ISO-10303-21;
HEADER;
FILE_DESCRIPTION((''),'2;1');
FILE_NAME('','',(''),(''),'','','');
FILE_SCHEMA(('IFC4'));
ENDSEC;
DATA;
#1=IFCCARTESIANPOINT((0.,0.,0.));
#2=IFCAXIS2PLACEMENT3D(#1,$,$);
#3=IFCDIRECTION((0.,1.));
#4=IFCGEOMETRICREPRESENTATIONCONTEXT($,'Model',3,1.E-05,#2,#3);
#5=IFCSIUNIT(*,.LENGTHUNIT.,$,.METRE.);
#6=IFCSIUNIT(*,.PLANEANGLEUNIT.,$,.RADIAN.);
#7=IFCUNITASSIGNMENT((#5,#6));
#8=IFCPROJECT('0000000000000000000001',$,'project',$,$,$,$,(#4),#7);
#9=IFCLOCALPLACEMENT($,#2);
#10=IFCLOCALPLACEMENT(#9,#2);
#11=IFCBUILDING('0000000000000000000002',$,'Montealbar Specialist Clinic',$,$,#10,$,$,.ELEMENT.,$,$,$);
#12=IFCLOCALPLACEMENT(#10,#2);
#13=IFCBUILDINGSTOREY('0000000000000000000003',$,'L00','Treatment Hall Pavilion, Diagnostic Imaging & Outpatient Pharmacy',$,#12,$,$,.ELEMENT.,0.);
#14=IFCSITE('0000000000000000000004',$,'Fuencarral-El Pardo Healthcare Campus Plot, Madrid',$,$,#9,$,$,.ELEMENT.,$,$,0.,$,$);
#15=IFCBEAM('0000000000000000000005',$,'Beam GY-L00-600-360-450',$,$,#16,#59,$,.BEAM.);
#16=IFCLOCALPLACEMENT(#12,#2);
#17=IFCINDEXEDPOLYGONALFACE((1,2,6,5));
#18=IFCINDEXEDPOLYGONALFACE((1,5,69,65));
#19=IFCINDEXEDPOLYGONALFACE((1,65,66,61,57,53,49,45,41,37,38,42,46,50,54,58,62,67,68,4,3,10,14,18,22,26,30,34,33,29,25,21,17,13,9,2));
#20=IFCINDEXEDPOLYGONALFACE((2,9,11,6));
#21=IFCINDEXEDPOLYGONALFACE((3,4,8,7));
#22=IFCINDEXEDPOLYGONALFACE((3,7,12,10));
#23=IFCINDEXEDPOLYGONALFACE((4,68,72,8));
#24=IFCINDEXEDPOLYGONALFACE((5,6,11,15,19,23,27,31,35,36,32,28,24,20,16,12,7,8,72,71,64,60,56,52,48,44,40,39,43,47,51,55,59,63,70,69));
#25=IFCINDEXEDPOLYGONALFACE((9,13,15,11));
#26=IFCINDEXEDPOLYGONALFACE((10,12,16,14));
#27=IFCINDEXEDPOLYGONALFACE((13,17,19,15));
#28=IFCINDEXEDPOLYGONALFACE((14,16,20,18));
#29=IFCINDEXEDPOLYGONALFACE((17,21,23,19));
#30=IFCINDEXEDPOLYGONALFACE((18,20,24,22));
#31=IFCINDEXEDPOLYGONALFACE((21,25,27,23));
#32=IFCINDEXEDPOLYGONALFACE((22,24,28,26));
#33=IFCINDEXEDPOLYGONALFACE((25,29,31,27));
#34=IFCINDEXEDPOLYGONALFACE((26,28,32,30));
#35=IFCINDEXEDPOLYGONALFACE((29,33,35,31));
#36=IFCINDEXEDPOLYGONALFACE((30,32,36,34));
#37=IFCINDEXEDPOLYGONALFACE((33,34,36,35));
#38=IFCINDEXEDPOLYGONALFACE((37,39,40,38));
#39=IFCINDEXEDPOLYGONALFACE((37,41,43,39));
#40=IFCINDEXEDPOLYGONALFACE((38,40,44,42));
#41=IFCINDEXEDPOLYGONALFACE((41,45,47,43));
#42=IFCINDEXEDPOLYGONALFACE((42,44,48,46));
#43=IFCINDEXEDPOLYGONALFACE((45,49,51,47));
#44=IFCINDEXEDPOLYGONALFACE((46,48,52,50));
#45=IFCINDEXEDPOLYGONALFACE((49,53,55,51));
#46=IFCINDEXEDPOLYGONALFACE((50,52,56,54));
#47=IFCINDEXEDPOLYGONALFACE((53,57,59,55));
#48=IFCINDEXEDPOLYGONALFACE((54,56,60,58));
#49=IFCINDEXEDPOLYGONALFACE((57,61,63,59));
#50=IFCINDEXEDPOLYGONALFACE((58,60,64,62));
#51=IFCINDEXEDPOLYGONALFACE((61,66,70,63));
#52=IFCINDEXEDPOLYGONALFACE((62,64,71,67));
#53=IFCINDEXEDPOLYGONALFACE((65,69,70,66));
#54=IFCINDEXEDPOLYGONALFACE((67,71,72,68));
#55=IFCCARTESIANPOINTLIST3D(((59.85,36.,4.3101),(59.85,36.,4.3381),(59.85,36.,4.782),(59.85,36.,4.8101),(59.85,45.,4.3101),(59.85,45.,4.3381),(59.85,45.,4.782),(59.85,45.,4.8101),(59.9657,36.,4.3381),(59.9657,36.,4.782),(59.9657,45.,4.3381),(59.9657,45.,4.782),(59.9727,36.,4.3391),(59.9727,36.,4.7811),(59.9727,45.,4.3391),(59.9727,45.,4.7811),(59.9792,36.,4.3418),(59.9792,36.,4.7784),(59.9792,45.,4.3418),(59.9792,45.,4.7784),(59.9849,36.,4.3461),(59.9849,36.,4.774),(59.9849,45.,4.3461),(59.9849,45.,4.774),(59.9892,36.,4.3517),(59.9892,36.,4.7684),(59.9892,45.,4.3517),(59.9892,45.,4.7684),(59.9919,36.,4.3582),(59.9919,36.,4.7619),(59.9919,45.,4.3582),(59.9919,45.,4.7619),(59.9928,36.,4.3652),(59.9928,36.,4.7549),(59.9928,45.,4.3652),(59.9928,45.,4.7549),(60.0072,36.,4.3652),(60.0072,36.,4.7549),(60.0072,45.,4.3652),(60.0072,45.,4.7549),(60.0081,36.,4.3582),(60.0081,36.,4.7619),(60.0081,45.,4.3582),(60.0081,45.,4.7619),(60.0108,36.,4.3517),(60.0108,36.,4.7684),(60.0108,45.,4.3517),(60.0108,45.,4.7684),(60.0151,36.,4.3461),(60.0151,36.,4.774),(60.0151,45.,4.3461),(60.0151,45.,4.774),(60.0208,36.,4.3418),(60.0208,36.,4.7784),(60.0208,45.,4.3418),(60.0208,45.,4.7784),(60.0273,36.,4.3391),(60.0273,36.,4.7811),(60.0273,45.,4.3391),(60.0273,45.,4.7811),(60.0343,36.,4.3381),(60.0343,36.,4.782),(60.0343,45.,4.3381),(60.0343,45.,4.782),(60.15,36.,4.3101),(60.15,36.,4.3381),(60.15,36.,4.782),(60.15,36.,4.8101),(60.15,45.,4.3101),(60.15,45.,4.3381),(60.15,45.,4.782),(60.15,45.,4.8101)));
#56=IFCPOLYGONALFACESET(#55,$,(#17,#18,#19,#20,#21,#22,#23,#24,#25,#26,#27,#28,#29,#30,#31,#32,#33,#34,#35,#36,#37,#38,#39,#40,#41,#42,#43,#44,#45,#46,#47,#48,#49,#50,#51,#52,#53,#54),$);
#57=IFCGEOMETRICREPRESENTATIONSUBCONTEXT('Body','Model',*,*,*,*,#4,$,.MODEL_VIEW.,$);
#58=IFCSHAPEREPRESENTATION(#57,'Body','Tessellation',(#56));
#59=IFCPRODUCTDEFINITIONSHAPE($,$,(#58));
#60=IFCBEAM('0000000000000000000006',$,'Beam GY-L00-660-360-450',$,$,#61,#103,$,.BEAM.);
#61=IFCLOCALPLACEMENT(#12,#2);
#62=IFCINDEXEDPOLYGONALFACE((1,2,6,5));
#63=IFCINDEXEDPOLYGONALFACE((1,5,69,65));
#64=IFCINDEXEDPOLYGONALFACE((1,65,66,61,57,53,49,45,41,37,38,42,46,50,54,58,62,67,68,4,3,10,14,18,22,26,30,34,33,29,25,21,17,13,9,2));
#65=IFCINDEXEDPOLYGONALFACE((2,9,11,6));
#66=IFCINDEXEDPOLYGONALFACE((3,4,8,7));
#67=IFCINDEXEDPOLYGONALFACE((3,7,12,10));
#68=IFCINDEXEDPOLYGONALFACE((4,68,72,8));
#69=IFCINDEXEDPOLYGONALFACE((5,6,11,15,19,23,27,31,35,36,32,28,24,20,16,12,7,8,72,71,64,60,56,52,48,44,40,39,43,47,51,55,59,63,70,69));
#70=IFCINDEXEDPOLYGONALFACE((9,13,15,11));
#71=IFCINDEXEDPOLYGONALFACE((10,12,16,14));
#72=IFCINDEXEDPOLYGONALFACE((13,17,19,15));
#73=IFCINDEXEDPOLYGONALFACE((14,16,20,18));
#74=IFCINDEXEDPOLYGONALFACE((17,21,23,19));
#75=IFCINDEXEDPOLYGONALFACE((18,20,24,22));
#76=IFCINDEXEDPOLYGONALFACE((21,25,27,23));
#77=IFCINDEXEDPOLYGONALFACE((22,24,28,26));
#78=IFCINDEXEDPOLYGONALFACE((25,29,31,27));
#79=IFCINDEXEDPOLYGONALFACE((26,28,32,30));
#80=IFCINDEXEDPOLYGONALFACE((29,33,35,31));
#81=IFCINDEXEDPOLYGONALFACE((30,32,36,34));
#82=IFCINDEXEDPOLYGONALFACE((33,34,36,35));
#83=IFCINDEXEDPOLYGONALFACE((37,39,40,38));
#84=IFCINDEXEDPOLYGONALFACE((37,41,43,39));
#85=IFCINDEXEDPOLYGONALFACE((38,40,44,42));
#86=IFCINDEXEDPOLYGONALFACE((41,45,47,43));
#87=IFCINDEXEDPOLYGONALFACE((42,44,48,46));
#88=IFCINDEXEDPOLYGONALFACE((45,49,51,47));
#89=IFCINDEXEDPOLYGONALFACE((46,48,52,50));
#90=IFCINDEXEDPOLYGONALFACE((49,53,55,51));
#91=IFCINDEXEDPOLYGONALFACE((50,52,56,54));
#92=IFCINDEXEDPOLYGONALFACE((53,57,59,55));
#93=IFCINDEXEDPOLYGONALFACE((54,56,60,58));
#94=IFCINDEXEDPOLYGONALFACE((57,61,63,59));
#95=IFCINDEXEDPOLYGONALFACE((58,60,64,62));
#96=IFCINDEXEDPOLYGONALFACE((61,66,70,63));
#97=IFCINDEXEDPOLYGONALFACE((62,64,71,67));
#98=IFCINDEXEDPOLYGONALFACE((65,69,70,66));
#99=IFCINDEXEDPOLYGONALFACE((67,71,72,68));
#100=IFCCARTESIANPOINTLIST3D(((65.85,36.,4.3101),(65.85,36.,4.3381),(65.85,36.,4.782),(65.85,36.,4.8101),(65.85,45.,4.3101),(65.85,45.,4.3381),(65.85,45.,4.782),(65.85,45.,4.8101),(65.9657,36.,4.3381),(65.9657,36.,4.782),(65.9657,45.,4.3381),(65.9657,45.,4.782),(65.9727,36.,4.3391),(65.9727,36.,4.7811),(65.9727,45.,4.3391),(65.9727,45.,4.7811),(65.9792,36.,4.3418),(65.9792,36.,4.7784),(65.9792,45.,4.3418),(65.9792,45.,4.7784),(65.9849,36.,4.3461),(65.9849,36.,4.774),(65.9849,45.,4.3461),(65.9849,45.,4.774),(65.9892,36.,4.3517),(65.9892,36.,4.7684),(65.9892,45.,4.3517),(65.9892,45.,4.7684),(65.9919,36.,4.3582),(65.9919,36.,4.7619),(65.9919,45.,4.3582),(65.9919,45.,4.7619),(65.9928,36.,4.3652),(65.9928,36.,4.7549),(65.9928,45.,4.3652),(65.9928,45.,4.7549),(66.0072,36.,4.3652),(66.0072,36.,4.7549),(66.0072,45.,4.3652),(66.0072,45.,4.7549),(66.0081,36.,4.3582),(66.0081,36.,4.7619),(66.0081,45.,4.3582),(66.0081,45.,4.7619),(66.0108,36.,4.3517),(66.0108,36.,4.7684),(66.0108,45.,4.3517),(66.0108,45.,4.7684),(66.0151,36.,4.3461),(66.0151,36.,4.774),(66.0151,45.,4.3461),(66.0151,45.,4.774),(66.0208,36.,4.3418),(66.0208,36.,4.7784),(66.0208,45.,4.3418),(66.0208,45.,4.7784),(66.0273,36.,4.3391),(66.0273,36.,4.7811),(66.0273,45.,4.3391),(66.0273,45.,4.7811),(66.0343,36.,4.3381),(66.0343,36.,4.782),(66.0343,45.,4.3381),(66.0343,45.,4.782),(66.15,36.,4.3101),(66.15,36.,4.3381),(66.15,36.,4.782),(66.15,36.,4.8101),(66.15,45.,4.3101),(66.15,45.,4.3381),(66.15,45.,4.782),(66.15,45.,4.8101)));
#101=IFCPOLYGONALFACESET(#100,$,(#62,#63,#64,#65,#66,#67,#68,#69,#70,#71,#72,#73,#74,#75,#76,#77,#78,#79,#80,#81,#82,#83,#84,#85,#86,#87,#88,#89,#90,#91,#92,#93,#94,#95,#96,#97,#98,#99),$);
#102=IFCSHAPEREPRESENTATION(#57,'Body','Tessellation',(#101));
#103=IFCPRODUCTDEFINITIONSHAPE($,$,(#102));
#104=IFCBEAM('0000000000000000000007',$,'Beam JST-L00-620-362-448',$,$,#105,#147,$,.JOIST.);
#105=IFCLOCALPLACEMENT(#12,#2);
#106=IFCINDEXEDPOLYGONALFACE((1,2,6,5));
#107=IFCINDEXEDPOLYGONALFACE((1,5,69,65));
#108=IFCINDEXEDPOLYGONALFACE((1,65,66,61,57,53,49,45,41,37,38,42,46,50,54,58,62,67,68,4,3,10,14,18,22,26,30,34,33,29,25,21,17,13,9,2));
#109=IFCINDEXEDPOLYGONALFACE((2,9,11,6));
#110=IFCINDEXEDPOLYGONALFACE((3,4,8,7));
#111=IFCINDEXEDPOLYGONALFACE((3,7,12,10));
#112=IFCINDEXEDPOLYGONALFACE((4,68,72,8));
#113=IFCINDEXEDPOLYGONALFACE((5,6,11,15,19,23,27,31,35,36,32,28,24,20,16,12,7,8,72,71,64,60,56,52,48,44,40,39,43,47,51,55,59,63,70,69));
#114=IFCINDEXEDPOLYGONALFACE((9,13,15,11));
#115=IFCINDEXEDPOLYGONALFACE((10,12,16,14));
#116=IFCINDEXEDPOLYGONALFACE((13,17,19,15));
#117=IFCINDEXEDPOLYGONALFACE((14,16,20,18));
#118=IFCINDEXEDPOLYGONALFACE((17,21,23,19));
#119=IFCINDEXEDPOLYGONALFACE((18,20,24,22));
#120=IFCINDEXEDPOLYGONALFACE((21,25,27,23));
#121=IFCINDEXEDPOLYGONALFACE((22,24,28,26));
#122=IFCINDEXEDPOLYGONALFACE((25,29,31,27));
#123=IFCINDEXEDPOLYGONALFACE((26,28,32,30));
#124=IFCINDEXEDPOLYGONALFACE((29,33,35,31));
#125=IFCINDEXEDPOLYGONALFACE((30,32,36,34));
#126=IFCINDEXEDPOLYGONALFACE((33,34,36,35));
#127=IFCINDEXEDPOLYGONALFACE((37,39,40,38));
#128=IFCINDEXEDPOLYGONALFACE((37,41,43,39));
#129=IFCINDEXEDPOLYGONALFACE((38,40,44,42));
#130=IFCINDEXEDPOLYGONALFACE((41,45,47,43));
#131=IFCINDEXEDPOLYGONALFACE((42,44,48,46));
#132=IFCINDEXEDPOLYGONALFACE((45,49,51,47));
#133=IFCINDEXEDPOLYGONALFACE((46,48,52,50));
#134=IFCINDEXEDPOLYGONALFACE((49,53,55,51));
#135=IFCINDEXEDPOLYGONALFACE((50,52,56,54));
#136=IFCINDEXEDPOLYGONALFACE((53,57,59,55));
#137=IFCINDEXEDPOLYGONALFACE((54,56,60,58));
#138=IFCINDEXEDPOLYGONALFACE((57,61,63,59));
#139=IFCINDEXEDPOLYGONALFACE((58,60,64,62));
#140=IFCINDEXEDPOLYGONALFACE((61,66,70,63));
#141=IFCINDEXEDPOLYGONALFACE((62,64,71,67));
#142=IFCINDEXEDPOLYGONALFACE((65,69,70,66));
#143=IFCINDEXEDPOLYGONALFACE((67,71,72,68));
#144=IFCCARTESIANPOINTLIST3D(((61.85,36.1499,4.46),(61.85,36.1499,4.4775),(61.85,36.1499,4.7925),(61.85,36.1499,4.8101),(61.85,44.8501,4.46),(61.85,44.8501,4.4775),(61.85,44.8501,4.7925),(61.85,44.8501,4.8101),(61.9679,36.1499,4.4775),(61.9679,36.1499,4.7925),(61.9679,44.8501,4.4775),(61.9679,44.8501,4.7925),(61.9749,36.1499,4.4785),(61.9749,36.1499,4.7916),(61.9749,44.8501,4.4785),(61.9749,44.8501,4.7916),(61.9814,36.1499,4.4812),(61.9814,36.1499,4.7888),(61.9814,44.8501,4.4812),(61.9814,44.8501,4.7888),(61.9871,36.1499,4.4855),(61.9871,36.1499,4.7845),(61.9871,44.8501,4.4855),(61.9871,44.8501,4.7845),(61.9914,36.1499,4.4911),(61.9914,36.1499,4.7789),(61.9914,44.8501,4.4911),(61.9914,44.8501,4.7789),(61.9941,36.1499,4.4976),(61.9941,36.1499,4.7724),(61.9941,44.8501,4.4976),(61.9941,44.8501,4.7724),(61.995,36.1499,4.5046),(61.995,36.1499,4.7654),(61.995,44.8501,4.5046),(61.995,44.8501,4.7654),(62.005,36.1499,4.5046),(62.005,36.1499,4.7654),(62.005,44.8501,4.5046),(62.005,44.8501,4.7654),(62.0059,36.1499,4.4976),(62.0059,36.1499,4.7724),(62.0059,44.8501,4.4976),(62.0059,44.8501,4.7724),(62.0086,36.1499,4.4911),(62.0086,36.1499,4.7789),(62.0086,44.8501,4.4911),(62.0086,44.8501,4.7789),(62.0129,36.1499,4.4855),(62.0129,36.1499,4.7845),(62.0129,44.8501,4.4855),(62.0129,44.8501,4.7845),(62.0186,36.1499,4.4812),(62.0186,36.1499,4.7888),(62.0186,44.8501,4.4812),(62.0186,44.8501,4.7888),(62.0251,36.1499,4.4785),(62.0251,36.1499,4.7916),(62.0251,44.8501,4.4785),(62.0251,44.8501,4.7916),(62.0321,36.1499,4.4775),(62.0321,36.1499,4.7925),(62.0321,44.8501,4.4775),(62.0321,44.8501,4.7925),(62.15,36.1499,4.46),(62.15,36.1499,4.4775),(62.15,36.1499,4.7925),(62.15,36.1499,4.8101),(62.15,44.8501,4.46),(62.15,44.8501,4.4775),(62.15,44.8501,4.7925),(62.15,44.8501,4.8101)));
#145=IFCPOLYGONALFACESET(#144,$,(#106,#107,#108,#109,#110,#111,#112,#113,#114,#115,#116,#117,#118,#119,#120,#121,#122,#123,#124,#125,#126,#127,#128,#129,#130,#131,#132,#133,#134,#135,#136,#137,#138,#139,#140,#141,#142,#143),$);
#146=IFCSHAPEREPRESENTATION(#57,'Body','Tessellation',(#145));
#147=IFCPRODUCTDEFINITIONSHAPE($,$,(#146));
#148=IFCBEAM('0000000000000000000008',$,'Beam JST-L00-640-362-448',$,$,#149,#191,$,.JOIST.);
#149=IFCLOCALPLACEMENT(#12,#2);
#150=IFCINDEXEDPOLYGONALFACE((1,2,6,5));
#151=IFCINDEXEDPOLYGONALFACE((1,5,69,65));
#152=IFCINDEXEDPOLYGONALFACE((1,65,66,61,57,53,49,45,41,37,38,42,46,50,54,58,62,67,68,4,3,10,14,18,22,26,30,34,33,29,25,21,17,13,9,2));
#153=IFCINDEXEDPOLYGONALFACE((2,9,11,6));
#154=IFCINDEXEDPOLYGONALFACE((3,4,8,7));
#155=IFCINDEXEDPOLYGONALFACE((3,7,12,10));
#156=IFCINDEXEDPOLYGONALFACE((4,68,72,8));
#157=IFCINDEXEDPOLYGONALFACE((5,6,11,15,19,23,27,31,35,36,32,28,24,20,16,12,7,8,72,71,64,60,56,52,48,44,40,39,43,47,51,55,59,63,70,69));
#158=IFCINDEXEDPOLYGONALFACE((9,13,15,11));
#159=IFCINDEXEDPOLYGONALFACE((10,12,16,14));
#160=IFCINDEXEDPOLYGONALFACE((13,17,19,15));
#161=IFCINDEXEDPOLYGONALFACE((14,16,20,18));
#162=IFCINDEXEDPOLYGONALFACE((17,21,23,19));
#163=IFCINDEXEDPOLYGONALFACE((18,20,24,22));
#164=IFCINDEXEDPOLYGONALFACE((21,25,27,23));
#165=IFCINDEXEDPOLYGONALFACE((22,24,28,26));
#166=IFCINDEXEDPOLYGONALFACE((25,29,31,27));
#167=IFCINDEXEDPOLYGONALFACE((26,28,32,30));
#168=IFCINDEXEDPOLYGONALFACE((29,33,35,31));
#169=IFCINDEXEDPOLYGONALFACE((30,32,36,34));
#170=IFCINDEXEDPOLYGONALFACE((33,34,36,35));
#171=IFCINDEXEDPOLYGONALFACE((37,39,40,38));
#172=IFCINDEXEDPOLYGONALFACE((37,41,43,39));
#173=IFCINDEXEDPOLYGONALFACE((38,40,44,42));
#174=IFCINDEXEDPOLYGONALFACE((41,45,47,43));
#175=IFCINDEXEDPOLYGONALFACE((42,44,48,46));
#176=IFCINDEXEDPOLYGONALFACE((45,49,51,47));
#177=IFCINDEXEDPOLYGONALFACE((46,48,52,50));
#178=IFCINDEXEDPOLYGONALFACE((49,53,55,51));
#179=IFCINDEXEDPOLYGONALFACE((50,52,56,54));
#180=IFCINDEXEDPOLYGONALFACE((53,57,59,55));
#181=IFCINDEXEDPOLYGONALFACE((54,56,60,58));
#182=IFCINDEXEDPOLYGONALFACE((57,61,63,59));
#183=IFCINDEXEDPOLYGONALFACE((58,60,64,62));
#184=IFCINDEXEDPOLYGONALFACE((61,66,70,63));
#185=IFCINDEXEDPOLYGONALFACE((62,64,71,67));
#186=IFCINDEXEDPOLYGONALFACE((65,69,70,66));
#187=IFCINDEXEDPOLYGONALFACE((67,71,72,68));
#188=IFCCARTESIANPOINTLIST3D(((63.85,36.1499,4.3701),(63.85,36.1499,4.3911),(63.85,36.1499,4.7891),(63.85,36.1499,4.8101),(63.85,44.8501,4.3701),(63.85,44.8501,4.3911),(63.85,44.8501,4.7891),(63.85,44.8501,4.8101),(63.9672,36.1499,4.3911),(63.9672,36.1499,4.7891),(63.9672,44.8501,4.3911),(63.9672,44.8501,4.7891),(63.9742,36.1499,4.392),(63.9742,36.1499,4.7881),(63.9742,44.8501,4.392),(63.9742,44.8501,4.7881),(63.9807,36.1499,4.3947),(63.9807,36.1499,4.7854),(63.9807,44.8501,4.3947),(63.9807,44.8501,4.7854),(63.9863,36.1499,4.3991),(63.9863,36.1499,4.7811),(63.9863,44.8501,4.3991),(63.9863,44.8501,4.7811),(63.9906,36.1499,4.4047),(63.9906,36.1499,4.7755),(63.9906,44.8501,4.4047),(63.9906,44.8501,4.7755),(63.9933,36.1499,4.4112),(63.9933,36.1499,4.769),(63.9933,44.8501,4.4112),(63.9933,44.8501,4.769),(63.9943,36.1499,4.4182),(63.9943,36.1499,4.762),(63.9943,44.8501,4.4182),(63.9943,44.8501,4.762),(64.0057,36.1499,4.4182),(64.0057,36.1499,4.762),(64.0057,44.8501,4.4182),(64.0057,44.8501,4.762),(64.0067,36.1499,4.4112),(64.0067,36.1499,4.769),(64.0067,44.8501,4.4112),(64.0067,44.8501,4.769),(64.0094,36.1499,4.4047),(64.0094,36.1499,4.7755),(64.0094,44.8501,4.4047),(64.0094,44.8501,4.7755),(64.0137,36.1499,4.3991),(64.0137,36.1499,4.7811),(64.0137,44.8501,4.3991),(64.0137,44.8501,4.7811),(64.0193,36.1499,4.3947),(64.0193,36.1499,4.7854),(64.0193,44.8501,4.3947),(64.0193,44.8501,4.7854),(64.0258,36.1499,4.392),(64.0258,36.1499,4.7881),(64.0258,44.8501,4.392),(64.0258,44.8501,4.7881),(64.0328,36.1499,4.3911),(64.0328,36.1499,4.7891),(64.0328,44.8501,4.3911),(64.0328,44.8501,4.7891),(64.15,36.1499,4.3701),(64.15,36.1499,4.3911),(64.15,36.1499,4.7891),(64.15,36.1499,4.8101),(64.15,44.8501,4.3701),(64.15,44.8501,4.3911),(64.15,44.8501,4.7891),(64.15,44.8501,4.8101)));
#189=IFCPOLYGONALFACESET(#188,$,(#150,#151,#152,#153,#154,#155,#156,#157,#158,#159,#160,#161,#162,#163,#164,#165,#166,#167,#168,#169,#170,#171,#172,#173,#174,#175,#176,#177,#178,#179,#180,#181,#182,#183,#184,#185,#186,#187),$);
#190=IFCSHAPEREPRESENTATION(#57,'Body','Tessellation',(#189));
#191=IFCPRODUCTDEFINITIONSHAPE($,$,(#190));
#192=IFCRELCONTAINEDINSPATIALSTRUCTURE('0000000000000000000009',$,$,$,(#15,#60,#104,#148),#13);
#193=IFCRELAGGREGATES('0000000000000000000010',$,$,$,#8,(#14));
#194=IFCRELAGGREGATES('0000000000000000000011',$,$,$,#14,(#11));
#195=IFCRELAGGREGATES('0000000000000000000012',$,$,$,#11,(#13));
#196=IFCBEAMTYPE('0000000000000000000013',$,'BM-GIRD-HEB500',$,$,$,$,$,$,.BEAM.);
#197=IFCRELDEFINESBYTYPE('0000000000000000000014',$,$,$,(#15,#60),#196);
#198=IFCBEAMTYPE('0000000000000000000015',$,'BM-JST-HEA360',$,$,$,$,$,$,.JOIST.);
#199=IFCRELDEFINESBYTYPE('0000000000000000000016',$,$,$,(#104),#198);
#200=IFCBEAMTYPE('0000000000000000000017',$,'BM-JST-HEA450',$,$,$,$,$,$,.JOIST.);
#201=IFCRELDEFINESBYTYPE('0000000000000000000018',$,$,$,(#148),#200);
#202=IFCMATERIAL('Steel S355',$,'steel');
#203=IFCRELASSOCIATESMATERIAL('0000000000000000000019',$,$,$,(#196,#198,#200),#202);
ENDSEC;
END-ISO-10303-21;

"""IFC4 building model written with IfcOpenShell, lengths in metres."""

from ifc_helpers import new_model, si_unit, direction, frame, origin, origin_2d, place, context, subcontext, project, spatial, i_section, extrude, material, material_profile, profile_set, type_object, element, save


model = new_model("IFC4")

# Units and contexts
model_context = context("Model", 3, precision=1e-05, world=origin(), true_north=direction((0.0, 1.0)))
body_context = subcontext(model_context, "Body", "Model", "MODEL_VIEW")
ifc_project = project(units=[si_unit("LENGTHUNIT", "METRE"), si_unit("PLANEANGLEUNIT", "RADIAN")], contexts=[model_context])

# Site, building, storey
site_placement = place(None, origin())
site = spatial("IfcSite", under=ifc_project, at=site_placement, Name="Fuencarral-El Pardo Healthcare Campus Plot, Madrid", CompositionType="ELEMENT", RefElevation=0.0)
building_placement = place(site_placement, origin())
building = spatial("IfcBuilding", under=site, at=building_placement, Name="Montealbar Specialist Clinic", CompositionType="ELEMENT")
storey_placement = place(building_placement, origin())
storey = spatial("IfcBuildingStorey", under=building, at=storey_placement, Name="L00", Description="Treatment Hall Pavilion, Diagnostic Imaging & Outpatient Pharmacy", CompositionType="ELEMENT", Elevation=0.0)

# Shared definitions
ifc_material_1 = material(Name="Steel S355", Category="steel")

# Beams
ifc_material_profile_1 = material_profile(ifc_material_1, i_section(OverallWidth=0.3, OverallDepth=0.5, WebThickness=0.0144, FlangeThickness=0.0281, FilletRadius=0.0271, at=origin_2d()), Name="HEB 500", Category="steel")
ifc_profile_set_1 = profile_set([ifc_material_profile_1], Name="Steel S355")
beam_type_1 = type_object("IfcBeamType", Name="BM-GIRD-HEB500", PredefinedType="BEAM", material=ifc_profile_set_1)
for number, where, z_axis, x_axis, name in (
    (1, (60.0, 36.0, 4.5601), (0.0, 1.0, 0.0), (-1.0, 0.0, 0.0), "Beam GY-L00-600-360-450"),
    (2, (66.0, 36.0, 4.5601), (0.0, 1.0, 0.0), (-1.0, 0.0, 0.0), "Beam GY-L00-660-360-450"),
):
    element("IfcBeam", number, at=place(storey_placement, frame(where, z_axis=z_axis, x_axis=x_axis)), inside=storey, type_object=beam_type_1, Name=name, PredefinedType="BEAM", context=body_context, shape_type="SweptSolid", body=[
        extrude(i_section(OverallWidth=0.3, OverallDepth=0.5, WebThickness=0.0144, FlangeThickness=0.0281, FilletRadius=0.0271, at=origin_2d()), origin(), (0.0, 0.0, 1.0), 9.0),
    ])
ifc_material_profile_2 = material_profile(ifc_material_1, i_section(OverallWidth=0.3, OverallDepth=0.3501, WebThickness=0.01, FlangeThickness=0.0176, FilletRadius=0.0271, at=origin_2d()), Name="HEA 360", Category="steel")
ifc_profile_set_2 = profile_set([ifc_material_profile_2], Name="Steel S355")
beam_type_2 = type_object("IfcBeamType", Name="BM-JST-HEA360", PredefinedType="JOIST", material=ifc_profile_set_2)
beam_1_placement = place(storey_placement, frame((62.0, 36.1499, 4.635), z_axis=(0.0, 1.0, 0.0), x_axis=(-1.0, 0.0, 0.0)))
element("IfcBeam", 3, at=beam_1_placement, inside=storey, type_object=beam_type_2, Name="Beam JST-L00-620-362-448", PredefinedType="JOIST", context=body_context, shape_type="SweptSolid", body=[
    extrude(i_section(OverallWidth=0.3, OverallDepth=0.3501, WebThickness=0.01, FlangeThickness=0.0176, FilletRadius=0.0271, at=origin_2d()), origin(), (0.0, 0.0, 1.0), 8.7002),
])
ifc_material_profile_3 = material_profile(ifc_material_1, i_section(OverallWidth=0.3, OverallDepth=0.4399, WebThickness=0.0115, FlangeThickness=0.021, FilletRadius=0.0271, at=origin_2d()), Name="HEA 450", Category="steel")
ifc_profile_set_3 = profile_set([ifc_material_profile_3], Name="Steel S355")
beam_type_3 = type_object("IfcBeamType", Name="BM-JST-HEA450", PredefinedType="JOIST", material=ifc_profile_set_3)
beam_2_placement = place(storey_placement, frame((64.0, 36.1499, 4.5901), z_axis=(0.0, 1.0, 0.0), x_axis=(-1.0, 0.0, 0.0)))
element("IfcBeam", 4, at=beam_2_placement, inside=storey, type_object=beam_type_3, Name="Beam JST-L00-640-362-448", PredefinedType="JOIST", context=body_context, shape_type="SweptSolid", body=[
    extrude(i_section(OverallWidth=0.3, OverallDepth=0.4399, WebThickness=0.0115, FlangeThickness=0.021, FilletRadius=0.0271, at=origin_2d()), origin(), (0.0, 0.0, 1.0), 8.7002),
])

save(model, "model.ifc")
